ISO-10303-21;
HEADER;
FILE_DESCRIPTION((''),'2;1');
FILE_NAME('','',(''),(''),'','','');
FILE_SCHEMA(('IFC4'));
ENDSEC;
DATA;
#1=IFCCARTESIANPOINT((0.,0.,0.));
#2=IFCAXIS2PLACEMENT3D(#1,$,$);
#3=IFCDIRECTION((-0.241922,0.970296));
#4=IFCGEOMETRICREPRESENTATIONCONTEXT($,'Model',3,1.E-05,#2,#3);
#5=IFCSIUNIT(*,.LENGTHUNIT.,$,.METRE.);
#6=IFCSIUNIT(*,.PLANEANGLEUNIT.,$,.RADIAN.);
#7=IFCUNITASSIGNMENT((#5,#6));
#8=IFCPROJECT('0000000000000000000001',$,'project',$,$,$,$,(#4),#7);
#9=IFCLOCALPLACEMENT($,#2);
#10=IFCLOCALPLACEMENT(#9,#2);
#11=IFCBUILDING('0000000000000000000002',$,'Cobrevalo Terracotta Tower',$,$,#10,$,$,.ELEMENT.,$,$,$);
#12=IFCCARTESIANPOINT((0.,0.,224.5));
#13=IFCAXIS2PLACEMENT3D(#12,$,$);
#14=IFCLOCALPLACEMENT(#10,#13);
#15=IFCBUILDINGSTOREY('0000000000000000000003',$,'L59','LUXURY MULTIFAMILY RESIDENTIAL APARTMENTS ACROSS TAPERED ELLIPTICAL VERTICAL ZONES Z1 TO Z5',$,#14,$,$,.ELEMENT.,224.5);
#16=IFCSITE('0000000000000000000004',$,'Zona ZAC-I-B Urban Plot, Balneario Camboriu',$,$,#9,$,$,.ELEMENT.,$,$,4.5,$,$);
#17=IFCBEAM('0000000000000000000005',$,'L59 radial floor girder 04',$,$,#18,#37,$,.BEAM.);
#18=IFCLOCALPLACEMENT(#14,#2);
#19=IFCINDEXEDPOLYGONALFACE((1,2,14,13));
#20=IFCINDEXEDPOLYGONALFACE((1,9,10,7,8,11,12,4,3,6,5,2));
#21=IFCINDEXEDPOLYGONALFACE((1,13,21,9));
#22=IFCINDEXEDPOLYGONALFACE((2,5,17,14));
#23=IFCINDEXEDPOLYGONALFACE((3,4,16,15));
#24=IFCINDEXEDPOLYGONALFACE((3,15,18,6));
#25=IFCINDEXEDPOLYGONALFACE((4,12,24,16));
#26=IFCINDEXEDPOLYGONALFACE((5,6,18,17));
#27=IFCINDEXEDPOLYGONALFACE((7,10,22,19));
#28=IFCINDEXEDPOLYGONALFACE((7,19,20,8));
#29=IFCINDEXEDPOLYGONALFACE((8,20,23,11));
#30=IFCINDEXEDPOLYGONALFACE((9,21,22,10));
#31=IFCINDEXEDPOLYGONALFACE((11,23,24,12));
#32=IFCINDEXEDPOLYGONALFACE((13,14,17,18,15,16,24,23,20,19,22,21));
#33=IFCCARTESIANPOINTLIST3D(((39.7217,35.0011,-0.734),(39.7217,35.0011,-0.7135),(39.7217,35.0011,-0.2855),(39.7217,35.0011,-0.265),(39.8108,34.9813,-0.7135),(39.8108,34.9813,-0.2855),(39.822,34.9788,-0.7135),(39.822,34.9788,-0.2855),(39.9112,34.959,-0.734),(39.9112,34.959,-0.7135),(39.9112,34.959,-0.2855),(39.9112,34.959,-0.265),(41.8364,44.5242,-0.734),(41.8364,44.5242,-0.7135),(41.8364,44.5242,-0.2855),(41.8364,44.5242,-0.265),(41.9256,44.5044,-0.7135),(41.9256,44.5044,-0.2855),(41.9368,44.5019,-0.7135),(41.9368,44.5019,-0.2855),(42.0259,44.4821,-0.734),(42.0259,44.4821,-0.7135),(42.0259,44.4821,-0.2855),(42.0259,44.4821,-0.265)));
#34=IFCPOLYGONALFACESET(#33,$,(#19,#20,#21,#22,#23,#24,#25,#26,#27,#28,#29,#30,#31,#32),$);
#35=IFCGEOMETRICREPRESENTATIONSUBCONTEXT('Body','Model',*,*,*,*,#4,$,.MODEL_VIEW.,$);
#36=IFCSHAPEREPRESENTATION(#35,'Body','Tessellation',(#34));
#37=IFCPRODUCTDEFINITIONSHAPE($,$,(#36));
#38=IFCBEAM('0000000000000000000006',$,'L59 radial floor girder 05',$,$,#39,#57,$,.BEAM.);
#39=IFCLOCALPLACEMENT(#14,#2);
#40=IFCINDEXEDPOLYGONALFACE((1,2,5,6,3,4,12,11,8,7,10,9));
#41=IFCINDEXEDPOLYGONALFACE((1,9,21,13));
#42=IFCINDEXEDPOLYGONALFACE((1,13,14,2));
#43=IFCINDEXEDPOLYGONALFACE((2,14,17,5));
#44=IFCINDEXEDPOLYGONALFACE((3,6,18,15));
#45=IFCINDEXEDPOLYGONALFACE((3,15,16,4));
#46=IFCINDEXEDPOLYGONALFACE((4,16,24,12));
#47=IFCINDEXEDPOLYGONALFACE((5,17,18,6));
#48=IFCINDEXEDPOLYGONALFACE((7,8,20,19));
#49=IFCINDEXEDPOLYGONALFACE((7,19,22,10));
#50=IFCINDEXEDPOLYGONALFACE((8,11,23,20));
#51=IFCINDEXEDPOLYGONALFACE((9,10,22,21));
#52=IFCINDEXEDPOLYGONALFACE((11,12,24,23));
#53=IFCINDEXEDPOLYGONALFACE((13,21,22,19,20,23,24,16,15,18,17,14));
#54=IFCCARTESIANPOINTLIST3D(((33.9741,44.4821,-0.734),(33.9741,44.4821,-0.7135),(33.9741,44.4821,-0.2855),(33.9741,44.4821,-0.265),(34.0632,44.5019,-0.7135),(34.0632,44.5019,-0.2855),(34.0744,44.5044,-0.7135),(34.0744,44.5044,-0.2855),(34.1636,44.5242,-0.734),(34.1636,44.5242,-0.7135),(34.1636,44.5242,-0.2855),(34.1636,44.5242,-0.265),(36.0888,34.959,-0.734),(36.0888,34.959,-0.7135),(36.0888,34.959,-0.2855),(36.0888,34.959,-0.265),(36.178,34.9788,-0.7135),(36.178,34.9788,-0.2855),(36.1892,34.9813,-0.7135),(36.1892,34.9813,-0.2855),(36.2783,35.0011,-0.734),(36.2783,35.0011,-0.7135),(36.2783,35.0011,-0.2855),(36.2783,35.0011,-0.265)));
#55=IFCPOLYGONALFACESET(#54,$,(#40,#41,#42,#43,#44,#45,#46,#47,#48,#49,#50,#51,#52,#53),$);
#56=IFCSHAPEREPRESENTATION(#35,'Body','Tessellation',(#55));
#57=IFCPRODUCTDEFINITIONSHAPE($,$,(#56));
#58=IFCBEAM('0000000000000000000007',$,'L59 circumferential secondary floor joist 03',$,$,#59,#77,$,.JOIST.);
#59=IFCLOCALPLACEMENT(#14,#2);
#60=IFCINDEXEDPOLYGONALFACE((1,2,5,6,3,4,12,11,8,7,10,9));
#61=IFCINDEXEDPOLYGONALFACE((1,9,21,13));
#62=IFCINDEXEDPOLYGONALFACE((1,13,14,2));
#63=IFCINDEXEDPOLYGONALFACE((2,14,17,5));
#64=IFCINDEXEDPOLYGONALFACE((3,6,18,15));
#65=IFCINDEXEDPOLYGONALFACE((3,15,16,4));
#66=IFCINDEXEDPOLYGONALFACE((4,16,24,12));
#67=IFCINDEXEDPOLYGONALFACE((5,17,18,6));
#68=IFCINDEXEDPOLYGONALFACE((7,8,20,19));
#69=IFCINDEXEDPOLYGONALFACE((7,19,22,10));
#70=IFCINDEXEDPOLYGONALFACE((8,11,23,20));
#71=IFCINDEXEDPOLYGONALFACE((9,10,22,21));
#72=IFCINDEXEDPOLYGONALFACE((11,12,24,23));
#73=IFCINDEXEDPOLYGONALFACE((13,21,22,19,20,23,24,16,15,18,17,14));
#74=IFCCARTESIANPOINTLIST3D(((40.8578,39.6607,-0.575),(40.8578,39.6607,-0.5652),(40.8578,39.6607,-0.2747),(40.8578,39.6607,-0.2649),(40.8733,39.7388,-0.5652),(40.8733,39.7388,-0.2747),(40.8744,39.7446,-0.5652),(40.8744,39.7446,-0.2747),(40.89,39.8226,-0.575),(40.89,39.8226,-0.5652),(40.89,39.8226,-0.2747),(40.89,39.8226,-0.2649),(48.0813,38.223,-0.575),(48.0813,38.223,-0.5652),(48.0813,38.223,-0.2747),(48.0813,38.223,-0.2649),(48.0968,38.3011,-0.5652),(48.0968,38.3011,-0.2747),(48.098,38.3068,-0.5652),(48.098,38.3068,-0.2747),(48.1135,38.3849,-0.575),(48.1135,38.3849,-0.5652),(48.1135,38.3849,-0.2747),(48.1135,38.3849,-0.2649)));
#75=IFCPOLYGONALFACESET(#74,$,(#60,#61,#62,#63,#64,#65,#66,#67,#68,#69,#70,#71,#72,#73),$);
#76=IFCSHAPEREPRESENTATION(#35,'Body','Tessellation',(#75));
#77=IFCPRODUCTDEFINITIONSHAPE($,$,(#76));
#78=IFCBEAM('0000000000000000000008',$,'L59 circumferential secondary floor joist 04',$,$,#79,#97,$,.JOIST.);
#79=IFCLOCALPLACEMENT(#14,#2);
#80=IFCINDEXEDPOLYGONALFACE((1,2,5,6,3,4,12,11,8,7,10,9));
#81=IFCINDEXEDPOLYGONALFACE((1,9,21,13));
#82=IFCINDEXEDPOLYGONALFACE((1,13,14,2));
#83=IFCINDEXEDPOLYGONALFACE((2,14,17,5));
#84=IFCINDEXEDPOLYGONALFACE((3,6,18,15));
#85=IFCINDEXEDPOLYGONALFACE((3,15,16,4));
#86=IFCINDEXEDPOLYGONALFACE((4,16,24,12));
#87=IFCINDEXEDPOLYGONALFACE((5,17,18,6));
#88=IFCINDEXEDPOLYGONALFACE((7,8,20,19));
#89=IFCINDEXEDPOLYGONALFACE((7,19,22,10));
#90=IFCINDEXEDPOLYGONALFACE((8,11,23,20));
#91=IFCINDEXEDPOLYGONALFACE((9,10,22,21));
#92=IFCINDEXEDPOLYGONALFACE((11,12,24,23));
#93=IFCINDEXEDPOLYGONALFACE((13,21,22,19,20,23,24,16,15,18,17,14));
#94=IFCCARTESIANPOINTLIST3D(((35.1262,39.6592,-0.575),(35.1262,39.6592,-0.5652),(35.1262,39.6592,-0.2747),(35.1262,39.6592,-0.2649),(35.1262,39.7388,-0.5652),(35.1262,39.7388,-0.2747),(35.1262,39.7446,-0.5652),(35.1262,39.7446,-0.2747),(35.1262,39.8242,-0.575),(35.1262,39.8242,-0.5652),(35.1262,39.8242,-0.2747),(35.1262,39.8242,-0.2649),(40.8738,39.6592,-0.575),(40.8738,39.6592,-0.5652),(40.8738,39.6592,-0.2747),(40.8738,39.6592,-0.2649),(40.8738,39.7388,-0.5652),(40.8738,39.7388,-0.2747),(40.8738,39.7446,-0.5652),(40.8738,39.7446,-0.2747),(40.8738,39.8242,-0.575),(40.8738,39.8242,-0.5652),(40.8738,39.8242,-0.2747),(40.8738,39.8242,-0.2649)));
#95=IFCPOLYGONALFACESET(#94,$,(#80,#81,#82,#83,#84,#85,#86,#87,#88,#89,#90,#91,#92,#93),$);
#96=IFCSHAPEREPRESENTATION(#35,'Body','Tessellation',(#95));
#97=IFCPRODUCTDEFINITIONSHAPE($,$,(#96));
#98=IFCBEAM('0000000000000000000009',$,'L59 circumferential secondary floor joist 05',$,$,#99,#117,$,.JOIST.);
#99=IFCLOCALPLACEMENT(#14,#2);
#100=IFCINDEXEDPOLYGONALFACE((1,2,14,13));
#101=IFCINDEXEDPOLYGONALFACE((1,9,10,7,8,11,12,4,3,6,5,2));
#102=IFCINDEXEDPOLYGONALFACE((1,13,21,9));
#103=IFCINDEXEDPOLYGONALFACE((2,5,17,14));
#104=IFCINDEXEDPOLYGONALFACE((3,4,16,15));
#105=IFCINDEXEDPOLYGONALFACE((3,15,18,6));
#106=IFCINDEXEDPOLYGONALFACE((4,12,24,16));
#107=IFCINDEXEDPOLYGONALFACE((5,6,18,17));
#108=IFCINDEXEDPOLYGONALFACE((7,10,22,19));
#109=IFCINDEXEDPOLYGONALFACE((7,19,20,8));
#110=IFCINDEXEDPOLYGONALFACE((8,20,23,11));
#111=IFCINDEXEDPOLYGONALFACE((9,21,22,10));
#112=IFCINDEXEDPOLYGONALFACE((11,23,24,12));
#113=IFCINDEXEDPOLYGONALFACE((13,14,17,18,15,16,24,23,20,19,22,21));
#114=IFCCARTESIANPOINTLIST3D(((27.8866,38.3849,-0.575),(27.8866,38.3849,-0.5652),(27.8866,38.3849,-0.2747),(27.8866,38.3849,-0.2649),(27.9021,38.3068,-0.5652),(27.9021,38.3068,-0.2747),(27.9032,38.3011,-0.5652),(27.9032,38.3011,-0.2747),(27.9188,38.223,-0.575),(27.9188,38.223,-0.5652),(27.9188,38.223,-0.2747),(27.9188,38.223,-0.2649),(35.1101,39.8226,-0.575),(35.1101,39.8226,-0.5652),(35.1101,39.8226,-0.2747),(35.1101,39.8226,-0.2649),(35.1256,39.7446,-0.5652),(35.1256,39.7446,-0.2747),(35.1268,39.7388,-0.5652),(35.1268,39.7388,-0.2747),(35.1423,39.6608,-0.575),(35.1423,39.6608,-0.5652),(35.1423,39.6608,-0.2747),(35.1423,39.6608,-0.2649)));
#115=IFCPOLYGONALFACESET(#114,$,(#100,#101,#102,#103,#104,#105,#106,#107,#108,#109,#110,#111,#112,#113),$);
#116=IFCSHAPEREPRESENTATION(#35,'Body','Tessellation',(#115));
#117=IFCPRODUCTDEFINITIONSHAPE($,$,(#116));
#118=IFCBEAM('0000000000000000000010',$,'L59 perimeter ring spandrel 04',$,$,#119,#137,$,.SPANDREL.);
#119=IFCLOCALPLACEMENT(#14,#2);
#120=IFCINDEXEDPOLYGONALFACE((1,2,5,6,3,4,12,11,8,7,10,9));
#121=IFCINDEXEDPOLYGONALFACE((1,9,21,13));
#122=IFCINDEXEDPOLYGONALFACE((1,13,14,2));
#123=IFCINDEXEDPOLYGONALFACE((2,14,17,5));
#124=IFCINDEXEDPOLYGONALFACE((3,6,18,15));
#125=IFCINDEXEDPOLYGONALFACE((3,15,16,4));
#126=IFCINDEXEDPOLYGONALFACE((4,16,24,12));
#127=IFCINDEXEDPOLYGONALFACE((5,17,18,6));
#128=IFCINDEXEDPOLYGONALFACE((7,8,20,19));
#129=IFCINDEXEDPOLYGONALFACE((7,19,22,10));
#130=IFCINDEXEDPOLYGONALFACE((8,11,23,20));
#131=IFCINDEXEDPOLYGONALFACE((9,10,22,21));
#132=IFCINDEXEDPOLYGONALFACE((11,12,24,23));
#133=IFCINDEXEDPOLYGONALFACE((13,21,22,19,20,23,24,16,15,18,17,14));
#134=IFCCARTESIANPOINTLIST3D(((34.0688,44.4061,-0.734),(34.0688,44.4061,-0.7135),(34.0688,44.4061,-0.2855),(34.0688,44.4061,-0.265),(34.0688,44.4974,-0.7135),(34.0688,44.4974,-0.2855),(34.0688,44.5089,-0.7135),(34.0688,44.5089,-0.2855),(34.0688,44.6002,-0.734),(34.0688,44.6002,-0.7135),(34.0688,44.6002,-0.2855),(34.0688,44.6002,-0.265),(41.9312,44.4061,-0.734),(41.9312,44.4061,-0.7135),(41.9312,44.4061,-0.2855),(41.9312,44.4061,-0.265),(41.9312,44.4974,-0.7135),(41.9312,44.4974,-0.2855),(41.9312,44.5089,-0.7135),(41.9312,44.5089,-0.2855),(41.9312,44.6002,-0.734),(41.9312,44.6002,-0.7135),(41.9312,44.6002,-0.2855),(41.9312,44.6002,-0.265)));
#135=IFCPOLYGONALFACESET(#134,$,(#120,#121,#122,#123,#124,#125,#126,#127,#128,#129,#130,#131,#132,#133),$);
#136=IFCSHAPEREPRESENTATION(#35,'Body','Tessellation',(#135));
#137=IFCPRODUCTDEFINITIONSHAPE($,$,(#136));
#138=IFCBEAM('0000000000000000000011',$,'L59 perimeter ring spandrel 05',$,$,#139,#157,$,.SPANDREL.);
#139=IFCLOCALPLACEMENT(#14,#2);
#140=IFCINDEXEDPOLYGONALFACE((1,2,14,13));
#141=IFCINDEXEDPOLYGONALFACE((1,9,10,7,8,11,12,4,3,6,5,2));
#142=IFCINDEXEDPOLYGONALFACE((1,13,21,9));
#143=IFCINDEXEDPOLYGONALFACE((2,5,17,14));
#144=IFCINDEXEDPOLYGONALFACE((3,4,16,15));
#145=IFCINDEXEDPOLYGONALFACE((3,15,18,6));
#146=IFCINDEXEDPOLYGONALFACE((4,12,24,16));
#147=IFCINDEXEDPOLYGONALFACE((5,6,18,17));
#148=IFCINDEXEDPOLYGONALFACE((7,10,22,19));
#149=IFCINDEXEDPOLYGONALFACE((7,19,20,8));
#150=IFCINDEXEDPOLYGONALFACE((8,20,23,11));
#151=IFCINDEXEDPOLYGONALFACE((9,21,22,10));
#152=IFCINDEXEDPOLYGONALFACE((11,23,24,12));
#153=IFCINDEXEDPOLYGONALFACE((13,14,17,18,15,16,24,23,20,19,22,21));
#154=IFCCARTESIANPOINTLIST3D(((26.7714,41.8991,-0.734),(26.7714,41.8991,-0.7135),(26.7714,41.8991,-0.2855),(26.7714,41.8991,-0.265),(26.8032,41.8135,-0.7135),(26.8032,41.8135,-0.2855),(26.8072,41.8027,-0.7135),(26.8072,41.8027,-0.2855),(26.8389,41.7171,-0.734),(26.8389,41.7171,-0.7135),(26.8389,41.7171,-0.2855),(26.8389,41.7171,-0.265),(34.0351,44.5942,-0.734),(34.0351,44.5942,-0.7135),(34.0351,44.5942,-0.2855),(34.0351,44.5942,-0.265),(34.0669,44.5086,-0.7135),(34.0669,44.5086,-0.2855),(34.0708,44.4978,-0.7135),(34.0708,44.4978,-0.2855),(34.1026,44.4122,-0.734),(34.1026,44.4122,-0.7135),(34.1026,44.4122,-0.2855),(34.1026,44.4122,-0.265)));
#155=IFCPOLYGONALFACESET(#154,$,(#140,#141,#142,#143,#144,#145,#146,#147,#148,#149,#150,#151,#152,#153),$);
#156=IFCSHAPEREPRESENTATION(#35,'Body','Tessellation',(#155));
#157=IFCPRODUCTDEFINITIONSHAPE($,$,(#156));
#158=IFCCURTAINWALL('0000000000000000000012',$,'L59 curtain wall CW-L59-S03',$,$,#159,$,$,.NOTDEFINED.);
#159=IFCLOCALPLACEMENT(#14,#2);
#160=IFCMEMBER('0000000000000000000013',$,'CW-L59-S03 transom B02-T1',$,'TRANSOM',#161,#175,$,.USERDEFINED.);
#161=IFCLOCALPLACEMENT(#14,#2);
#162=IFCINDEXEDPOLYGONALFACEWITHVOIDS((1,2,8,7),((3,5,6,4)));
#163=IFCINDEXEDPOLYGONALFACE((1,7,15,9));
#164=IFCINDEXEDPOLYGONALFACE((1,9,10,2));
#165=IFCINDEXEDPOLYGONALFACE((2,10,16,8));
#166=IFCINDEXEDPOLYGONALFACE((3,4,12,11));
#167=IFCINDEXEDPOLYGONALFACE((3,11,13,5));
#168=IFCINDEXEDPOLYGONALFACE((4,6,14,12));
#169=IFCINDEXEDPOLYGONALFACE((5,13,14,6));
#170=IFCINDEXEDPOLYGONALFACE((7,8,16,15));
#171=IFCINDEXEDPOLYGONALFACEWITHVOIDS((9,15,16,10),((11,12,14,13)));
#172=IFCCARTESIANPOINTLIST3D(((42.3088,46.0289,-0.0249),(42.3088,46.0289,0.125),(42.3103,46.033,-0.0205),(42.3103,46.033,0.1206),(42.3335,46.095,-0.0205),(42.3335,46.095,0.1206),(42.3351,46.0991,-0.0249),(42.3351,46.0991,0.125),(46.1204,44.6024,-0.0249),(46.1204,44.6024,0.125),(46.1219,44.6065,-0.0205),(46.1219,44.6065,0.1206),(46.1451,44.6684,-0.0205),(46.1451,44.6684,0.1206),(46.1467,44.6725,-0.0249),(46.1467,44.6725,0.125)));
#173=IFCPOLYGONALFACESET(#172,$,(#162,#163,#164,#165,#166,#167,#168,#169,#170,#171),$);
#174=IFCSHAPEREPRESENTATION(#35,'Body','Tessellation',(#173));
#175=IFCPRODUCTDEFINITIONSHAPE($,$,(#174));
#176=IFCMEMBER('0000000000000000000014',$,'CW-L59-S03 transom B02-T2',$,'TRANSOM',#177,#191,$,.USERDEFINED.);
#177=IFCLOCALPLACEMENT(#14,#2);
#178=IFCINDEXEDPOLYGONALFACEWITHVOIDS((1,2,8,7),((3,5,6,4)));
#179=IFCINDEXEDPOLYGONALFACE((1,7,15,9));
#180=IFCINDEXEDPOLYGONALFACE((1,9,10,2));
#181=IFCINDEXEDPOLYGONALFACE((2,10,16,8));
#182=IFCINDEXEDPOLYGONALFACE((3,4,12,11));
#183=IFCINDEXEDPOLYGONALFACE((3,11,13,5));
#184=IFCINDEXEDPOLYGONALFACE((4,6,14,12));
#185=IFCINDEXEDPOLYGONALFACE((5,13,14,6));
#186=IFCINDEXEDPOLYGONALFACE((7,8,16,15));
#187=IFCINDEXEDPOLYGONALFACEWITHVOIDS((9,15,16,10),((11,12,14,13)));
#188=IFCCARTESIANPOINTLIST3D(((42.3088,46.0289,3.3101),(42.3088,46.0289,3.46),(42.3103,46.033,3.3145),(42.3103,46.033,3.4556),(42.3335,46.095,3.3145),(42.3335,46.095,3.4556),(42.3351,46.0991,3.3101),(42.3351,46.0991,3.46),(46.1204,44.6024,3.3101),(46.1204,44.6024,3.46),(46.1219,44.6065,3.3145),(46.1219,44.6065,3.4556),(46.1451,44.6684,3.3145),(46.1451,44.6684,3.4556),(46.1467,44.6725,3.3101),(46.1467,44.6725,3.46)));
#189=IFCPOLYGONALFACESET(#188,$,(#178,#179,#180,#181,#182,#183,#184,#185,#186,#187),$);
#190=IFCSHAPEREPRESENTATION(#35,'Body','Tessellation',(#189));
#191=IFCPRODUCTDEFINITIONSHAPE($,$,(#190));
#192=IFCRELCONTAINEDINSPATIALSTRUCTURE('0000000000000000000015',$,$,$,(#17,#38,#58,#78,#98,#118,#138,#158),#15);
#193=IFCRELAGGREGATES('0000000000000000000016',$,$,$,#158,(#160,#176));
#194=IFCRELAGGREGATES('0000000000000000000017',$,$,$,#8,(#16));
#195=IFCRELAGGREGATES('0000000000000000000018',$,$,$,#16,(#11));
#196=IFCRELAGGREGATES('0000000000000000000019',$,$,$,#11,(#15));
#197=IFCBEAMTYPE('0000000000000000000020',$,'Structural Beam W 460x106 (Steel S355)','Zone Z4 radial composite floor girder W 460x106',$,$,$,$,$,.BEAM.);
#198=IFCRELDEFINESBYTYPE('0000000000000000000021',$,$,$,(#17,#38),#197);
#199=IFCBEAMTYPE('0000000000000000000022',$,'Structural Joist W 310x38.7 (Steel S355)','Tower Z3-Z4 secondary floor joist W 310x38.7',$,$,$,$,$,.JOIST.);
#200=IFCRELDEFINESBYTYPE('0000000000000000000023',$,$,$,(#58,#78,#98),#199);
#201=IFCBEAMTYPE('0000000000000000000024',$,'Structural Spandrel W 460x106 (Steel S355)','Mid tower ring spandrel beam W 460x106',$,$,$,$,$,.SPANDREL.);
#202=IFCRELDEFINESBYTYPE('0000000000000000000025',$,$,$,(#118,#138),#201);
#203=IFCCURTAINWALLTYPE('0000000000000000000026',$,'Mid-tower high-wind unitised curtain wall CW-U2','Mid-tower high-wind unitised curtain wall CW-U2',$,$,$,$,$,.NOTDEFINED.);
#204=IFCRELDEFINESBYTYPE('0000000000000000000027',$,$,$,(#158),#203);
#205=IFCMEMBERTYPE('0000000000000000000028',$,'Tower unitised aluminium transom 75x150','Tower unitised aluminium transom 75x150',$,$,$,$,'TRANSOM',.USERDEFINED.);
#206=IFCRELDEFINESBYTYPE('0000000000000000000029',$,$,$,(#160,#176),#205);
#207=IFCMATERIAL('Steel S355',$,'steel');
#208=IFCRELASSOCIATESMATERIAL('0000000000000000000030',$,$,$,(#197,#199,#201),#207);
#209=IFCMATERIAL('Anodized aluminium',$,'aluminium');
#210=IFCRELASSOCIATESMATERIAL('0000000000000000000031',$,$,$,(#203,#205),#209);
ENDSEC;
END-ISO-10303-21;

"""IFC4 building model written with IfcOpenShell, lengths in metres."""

from ifc_helpers import new_model, si_unit, direction, frame, origin, origin_2d, place, context, subcontext, project, spatial, hollow_rectangle, i_section, extrude, source, transform, mapped, material, material_profile, profile_set, type_object, element, aggregate, save


model = new_model("IFC4")

# Units and contexts
model_context = context("Model", 3, precision=1e-05, world=origin(), true_north=direction((-0.241922, 0.970296)))
body_context = subcontext(model_context, "Body", "Model", "MODEL_VIEW")
ifc_project = project(units=[si_unit("LENGTHUNIT", "METRE"), si_unit("PLANEANGLEUNIT", "RADIAN")], contexts=[model_context])

# Site, building, storey
site_placement = place(None, origin())
site = spatial("IfcSite", under=ifc_project, at=site_placement, Name="Zona ZAC-I-B Urban Plot, Balneario Camboriu", CompositionType="ELEMENT", RefElevation=4.5)
building_placement = place(site_placement, origin())
building = spatial("IfcBuilding", under=site, at=building_placement, Name="Cobrevalo Terracotta Tower", CompositionType="ELEMENT")
storey_placement = place(building_placement, frame((0.0, 0.0, 224.5)))
storey = spatial("IfcBuildingStorey", under=building, at=storey_placement, Name="L59", Description="LUXURY MULTIFAMILY RESIDENTIAL APARTMENTS ACROSS TAPERED ELLIPTICAL VERTICAL ZONES Z1 TO Z5", CompositionType="ELEMENT", Elevation=224.5)

# Shared definitions
ifc_material_1 = material(Name="Steel S355", Category="steel")

# Beams
ifc_material_profile_1 = material_profile(ifc_material_1, i_section(OverallWidth=0.1941, OverallDepth=0.469, WebThickness=0.0115, FlangeThickness=0.0205, at=origin_2d()), Name="W 460x106")
ifc_profile_set_1 = profile_set([ifc_material_profile_1], Name="Steel S355")
beam_type_1 = type_object("IfcBeamType", Name="Structural Beam W 460x106 (Steel S355)", Description="Zone Z4 radial composite floor girder W 460x106", PredefinedType="BEAM", material=ifc_profile_set_1)
for number, where, z_axis, x_axis, name in (
    (1, (41.9312, 44.5032, -0.4995), (-0.216782, -0.97622, 0.0), (0.97622, -0.216782, 0.0), "L59 radial floor girder 04"),
    (2, (34.0688, 44.5032, -0.4995), (0.216782, -0.97622, 0.0), (0.97622, 0.216782, 0.0), "L59 radial floor girder 05"),
):
    element("IfcBeam", number, at=place(storey_placement, frame(where, z_axis=z_axis, x_axis=x_axis)), inside=storey, type_object=beam_type_1, Name=name, PredefinedType="BEAM", context=body_context, shape_type="SweptSolid", body=[
        extrude(i_section(OverallWidth=0.1941, OverallDepth=0.469, WebThickness=0.0115, FlangeThickness=0.0205, at=origin_2d()), origin(), (0.0, 0.0, 1.0), 9.7551),
    ])
ifc_material_profile_2 = material_profile(ifc_material_1, i_section(OverallWidth=0.165, OverallDepth=0.3101, WebThickness=0.0059, FlangeThickness=0.0098, at=origin_2d()), Name="W 310x38.7")
ifc_profile_set_2 = profile_set([ifc_material_profile_2], Name="Steel S355")
beam_type_2 = type_object("IfcBeamType", Name="Structural Joist W 310x38.7 (Steel S355)", Description="Tower Z3-Z4 secondary floor joist W 310x38.7", PredefinedType="JOIST", material=ifc_profile_set_2)
beam_1_placement = place(storey_placement, frame((48.0974, 38.304, -0.4199), z_axis=(-0.980763, 0.195204, 0.0), x_axis=(-0.195204, -0.980763, 0.0)))
element("IfcBeam", 3, at=beam_1_placement, inside=storey, type_object=beam_type_2, Name="L59 circumferential secondary floor joist 03", PredefinedType="JOIST", context=body_context, shape_type="SweptSolid", body=[
    extrude(i_section(OverallWidth=0.165, OverallDepth=0.3101, WebThickness=0.0059, FlangeThickness=0.0098, at=origin_2d()), origin(), (0.0, 0.0, 1.0), 7.3652),
])
beam_2_placement = place(storey_placement, frame((40.8738, 39.7417, -0.4199), z_axis=(-1.0, 0.0, 0.0), x_axis=(0.0, -1.0, 0.0)))
element("IfcBeam", 4, at=beam_2_placement, inside=storey, type_object=beam_type_2, Name="L59 circumferential secondary floor joist 04", PredefinedType="JOIST", context=body_context, shape_type="SweptSolid", body=[
    extrude(i_section(OverallWidth=0.165, OverallDepth=0.3101, WebThickness=0.0059, FlangeThickness=0.0098, at=origin_2d()), origin(), (0.0, 0.0, 1.0), 5.7476),
])
beam_3_placement = place(storey_placement, frame((35.1262, 39.7417, -0.4199), z_axis=(-0.980763, -0.195204, 0.0), x_axis=(0.195204, -0.980763, 0.0)))
element("IfcBeam", 5, at=beam_3_placement, inside=storey, type_object=beam_type_2, Name="L59 circumferential secondary floor joist 05", PredefinedType="JOIST", context=body_context, shape_type="SweptSolid", body=[
    extrude(i_section(OverallWidth=0.165, OverallDepth=0.3101, WebThickness=0.0059, FlangeThickness=0.0098, at=origin_2d()), origin(), (0.0, 0.0, 1.0), 7.3652),
])
ifc_material_profile_3 = material_profile(ifc_material_1, i_section(OverallWidth=0.1941, OverallDepth=0.469, WebThickness=0.0115, FlangeThickness=0.0205, at=origin_2d()), Name="W 460x106")
ifc_profile_set_3 = profile_set([ifc_material_profile_3], Name="Steel S355")
beam_type_3 = type_object("IfcBeamType", Name="Structural Spandrel W 460x106 (Steel S355)", Description="Mid tower ring spandrel beam W 460x106", PredefinedType="SPANDREL", material=ifc_profile_set_3)
beam_4_placement = place(storey_placement, frame((41.9312, 44.5032, -0.4995), z_axis=(-1.0, 0.0, 0.0), x_axis=(0.0, -1.0, 0.0)))
element("IfcBeam", 6, at=beam_4_placement, inside=storey, type_object=beam_type_3, Name="L59 perimeter ring spandrel 04", PredefinedType="SPANDREL", context=body_context, shape_type="SweptSolid", body=[
    extrude(i_section(OverallWidth=0.1941, OverallDepth=0.469, WebThickness=0.0115, FlangeThickness=0.0205, at=origin_2d()), origin(), (0.0, 0.0, 1.0), 7.8623),
])
beam_5_placement = place(storey_placement, frame((34.0688, 44.5032, -0.4995), z_axis=(-0.937546, -0.347861, 0.0), x_axis=(0.347861, -0.937546, 0.0)))
element("IfcBeam", 7, at=beam_5_placement, inside=storey, type_object=beam_type_3, Name="L59 perimeter ring spandrel 05", PredefinedType="SPANDREL", context=body_context, shape_type="SweptSolid", body=[
    extrude(i_section(OverallWidth=0.1941, OverallDepth=0.469, WebThickness=0.0115, FlangeThickness=0.0205, at=origin_2d()), origin(), (0.0, 0.0, 1.0), 7.7476),
])

# Curtain wall, members
ifc_material_2 = material(Name="Anodized aluminium", Category="aluminium")
curtain_wall_type = type_object("IfcCurtainWallType", Name="Mid-tower high-wind unitised curtain wall CW-U2", Description="Mid-tower high-wind unitised curtain wall CW-U2", PredefinedType="NOTDEFINED", material=ifc_material_2)
curtain_wall_placement = place(storey_placement, origin())
curtain_wall = element("IfcCurtainWall", 8, at=curtain_wall_placement, inside=storey, type_object=curtain_wall_type, Name="L59 curtain wall CW-L59-S03", PredefinedType="NOTDEFINED")
ifc_material_profile_4 = material_profile(ifc_material_2, hollow_rectangle(XDim=0.075, YDim=0.1499, WallThickness=0.0044, at=origin_2d()), Name="CWT 75x150")
ifc_profile_set_4 = profile_set([ifc_material_profile_4], Name="Anodized aluminium")
member_type_1 = type_object("IfcMemberType", Name="Tower unitised aluminium transom 75x150", Description="Tower unitised aluminium transom 75x150", ElementType="TRANSOM", PredefinedType="USERDEFINED", material=ifc_profile_set_4)
shared_shape_1 = source(origin(), body_context, "Body", "SweptSolid", [
    extrude(hollow_rectangle(XDim=0.075, YDim=0.1499, WallThickness=0.0044, at=origin_2d()), origin(), (0.0, 0.0, 1.0), 4.0698),
])
member_1_placement = place(storey_placement, frame((46.1335, 44.6375, 0.05), z_axis=(-0.936556, 0.350519, 0.0), x_axis=(-0.350519, -0.936556, 0.0)))
member_1 = element("IfcMember", 9, at=member_1_placement, type_object=member_type_1, Name="CW-L59-S03 transom B02-T1", ObjectType="TRANSOM", PredefinedType="USERDEFINED", context=body_context, shape_type="MappedRepresentation", body=[
    mapped(shared_shape_1, transform((0.0, 0.0, 0.0), scale=1.0)),
])
member_2_placement = place(storey_placement, frame((46.1335, 44.6375, 3.385), z_axis=(-0.936556, 0.350519, 0.0), x_axis=(-0.350519, -0.936556, 0.0)))
member_2 = element("IfcMember", 10, at=member_2_placement, type_object=member_type_1, Name="CW-L59-S03 transom B02-T2", ObjectType="TRANSOM", PredefinedType="USERDEFINED", context=body_context, shape_type="MappedRepresentation", body=[
    mapped(shared_shape_1, transform((0.0, 0.0, 0.0), scale=1.0)),
])
aggregate(curtain_wall, [member_1, member_2])

save(model, "model.ifc")
